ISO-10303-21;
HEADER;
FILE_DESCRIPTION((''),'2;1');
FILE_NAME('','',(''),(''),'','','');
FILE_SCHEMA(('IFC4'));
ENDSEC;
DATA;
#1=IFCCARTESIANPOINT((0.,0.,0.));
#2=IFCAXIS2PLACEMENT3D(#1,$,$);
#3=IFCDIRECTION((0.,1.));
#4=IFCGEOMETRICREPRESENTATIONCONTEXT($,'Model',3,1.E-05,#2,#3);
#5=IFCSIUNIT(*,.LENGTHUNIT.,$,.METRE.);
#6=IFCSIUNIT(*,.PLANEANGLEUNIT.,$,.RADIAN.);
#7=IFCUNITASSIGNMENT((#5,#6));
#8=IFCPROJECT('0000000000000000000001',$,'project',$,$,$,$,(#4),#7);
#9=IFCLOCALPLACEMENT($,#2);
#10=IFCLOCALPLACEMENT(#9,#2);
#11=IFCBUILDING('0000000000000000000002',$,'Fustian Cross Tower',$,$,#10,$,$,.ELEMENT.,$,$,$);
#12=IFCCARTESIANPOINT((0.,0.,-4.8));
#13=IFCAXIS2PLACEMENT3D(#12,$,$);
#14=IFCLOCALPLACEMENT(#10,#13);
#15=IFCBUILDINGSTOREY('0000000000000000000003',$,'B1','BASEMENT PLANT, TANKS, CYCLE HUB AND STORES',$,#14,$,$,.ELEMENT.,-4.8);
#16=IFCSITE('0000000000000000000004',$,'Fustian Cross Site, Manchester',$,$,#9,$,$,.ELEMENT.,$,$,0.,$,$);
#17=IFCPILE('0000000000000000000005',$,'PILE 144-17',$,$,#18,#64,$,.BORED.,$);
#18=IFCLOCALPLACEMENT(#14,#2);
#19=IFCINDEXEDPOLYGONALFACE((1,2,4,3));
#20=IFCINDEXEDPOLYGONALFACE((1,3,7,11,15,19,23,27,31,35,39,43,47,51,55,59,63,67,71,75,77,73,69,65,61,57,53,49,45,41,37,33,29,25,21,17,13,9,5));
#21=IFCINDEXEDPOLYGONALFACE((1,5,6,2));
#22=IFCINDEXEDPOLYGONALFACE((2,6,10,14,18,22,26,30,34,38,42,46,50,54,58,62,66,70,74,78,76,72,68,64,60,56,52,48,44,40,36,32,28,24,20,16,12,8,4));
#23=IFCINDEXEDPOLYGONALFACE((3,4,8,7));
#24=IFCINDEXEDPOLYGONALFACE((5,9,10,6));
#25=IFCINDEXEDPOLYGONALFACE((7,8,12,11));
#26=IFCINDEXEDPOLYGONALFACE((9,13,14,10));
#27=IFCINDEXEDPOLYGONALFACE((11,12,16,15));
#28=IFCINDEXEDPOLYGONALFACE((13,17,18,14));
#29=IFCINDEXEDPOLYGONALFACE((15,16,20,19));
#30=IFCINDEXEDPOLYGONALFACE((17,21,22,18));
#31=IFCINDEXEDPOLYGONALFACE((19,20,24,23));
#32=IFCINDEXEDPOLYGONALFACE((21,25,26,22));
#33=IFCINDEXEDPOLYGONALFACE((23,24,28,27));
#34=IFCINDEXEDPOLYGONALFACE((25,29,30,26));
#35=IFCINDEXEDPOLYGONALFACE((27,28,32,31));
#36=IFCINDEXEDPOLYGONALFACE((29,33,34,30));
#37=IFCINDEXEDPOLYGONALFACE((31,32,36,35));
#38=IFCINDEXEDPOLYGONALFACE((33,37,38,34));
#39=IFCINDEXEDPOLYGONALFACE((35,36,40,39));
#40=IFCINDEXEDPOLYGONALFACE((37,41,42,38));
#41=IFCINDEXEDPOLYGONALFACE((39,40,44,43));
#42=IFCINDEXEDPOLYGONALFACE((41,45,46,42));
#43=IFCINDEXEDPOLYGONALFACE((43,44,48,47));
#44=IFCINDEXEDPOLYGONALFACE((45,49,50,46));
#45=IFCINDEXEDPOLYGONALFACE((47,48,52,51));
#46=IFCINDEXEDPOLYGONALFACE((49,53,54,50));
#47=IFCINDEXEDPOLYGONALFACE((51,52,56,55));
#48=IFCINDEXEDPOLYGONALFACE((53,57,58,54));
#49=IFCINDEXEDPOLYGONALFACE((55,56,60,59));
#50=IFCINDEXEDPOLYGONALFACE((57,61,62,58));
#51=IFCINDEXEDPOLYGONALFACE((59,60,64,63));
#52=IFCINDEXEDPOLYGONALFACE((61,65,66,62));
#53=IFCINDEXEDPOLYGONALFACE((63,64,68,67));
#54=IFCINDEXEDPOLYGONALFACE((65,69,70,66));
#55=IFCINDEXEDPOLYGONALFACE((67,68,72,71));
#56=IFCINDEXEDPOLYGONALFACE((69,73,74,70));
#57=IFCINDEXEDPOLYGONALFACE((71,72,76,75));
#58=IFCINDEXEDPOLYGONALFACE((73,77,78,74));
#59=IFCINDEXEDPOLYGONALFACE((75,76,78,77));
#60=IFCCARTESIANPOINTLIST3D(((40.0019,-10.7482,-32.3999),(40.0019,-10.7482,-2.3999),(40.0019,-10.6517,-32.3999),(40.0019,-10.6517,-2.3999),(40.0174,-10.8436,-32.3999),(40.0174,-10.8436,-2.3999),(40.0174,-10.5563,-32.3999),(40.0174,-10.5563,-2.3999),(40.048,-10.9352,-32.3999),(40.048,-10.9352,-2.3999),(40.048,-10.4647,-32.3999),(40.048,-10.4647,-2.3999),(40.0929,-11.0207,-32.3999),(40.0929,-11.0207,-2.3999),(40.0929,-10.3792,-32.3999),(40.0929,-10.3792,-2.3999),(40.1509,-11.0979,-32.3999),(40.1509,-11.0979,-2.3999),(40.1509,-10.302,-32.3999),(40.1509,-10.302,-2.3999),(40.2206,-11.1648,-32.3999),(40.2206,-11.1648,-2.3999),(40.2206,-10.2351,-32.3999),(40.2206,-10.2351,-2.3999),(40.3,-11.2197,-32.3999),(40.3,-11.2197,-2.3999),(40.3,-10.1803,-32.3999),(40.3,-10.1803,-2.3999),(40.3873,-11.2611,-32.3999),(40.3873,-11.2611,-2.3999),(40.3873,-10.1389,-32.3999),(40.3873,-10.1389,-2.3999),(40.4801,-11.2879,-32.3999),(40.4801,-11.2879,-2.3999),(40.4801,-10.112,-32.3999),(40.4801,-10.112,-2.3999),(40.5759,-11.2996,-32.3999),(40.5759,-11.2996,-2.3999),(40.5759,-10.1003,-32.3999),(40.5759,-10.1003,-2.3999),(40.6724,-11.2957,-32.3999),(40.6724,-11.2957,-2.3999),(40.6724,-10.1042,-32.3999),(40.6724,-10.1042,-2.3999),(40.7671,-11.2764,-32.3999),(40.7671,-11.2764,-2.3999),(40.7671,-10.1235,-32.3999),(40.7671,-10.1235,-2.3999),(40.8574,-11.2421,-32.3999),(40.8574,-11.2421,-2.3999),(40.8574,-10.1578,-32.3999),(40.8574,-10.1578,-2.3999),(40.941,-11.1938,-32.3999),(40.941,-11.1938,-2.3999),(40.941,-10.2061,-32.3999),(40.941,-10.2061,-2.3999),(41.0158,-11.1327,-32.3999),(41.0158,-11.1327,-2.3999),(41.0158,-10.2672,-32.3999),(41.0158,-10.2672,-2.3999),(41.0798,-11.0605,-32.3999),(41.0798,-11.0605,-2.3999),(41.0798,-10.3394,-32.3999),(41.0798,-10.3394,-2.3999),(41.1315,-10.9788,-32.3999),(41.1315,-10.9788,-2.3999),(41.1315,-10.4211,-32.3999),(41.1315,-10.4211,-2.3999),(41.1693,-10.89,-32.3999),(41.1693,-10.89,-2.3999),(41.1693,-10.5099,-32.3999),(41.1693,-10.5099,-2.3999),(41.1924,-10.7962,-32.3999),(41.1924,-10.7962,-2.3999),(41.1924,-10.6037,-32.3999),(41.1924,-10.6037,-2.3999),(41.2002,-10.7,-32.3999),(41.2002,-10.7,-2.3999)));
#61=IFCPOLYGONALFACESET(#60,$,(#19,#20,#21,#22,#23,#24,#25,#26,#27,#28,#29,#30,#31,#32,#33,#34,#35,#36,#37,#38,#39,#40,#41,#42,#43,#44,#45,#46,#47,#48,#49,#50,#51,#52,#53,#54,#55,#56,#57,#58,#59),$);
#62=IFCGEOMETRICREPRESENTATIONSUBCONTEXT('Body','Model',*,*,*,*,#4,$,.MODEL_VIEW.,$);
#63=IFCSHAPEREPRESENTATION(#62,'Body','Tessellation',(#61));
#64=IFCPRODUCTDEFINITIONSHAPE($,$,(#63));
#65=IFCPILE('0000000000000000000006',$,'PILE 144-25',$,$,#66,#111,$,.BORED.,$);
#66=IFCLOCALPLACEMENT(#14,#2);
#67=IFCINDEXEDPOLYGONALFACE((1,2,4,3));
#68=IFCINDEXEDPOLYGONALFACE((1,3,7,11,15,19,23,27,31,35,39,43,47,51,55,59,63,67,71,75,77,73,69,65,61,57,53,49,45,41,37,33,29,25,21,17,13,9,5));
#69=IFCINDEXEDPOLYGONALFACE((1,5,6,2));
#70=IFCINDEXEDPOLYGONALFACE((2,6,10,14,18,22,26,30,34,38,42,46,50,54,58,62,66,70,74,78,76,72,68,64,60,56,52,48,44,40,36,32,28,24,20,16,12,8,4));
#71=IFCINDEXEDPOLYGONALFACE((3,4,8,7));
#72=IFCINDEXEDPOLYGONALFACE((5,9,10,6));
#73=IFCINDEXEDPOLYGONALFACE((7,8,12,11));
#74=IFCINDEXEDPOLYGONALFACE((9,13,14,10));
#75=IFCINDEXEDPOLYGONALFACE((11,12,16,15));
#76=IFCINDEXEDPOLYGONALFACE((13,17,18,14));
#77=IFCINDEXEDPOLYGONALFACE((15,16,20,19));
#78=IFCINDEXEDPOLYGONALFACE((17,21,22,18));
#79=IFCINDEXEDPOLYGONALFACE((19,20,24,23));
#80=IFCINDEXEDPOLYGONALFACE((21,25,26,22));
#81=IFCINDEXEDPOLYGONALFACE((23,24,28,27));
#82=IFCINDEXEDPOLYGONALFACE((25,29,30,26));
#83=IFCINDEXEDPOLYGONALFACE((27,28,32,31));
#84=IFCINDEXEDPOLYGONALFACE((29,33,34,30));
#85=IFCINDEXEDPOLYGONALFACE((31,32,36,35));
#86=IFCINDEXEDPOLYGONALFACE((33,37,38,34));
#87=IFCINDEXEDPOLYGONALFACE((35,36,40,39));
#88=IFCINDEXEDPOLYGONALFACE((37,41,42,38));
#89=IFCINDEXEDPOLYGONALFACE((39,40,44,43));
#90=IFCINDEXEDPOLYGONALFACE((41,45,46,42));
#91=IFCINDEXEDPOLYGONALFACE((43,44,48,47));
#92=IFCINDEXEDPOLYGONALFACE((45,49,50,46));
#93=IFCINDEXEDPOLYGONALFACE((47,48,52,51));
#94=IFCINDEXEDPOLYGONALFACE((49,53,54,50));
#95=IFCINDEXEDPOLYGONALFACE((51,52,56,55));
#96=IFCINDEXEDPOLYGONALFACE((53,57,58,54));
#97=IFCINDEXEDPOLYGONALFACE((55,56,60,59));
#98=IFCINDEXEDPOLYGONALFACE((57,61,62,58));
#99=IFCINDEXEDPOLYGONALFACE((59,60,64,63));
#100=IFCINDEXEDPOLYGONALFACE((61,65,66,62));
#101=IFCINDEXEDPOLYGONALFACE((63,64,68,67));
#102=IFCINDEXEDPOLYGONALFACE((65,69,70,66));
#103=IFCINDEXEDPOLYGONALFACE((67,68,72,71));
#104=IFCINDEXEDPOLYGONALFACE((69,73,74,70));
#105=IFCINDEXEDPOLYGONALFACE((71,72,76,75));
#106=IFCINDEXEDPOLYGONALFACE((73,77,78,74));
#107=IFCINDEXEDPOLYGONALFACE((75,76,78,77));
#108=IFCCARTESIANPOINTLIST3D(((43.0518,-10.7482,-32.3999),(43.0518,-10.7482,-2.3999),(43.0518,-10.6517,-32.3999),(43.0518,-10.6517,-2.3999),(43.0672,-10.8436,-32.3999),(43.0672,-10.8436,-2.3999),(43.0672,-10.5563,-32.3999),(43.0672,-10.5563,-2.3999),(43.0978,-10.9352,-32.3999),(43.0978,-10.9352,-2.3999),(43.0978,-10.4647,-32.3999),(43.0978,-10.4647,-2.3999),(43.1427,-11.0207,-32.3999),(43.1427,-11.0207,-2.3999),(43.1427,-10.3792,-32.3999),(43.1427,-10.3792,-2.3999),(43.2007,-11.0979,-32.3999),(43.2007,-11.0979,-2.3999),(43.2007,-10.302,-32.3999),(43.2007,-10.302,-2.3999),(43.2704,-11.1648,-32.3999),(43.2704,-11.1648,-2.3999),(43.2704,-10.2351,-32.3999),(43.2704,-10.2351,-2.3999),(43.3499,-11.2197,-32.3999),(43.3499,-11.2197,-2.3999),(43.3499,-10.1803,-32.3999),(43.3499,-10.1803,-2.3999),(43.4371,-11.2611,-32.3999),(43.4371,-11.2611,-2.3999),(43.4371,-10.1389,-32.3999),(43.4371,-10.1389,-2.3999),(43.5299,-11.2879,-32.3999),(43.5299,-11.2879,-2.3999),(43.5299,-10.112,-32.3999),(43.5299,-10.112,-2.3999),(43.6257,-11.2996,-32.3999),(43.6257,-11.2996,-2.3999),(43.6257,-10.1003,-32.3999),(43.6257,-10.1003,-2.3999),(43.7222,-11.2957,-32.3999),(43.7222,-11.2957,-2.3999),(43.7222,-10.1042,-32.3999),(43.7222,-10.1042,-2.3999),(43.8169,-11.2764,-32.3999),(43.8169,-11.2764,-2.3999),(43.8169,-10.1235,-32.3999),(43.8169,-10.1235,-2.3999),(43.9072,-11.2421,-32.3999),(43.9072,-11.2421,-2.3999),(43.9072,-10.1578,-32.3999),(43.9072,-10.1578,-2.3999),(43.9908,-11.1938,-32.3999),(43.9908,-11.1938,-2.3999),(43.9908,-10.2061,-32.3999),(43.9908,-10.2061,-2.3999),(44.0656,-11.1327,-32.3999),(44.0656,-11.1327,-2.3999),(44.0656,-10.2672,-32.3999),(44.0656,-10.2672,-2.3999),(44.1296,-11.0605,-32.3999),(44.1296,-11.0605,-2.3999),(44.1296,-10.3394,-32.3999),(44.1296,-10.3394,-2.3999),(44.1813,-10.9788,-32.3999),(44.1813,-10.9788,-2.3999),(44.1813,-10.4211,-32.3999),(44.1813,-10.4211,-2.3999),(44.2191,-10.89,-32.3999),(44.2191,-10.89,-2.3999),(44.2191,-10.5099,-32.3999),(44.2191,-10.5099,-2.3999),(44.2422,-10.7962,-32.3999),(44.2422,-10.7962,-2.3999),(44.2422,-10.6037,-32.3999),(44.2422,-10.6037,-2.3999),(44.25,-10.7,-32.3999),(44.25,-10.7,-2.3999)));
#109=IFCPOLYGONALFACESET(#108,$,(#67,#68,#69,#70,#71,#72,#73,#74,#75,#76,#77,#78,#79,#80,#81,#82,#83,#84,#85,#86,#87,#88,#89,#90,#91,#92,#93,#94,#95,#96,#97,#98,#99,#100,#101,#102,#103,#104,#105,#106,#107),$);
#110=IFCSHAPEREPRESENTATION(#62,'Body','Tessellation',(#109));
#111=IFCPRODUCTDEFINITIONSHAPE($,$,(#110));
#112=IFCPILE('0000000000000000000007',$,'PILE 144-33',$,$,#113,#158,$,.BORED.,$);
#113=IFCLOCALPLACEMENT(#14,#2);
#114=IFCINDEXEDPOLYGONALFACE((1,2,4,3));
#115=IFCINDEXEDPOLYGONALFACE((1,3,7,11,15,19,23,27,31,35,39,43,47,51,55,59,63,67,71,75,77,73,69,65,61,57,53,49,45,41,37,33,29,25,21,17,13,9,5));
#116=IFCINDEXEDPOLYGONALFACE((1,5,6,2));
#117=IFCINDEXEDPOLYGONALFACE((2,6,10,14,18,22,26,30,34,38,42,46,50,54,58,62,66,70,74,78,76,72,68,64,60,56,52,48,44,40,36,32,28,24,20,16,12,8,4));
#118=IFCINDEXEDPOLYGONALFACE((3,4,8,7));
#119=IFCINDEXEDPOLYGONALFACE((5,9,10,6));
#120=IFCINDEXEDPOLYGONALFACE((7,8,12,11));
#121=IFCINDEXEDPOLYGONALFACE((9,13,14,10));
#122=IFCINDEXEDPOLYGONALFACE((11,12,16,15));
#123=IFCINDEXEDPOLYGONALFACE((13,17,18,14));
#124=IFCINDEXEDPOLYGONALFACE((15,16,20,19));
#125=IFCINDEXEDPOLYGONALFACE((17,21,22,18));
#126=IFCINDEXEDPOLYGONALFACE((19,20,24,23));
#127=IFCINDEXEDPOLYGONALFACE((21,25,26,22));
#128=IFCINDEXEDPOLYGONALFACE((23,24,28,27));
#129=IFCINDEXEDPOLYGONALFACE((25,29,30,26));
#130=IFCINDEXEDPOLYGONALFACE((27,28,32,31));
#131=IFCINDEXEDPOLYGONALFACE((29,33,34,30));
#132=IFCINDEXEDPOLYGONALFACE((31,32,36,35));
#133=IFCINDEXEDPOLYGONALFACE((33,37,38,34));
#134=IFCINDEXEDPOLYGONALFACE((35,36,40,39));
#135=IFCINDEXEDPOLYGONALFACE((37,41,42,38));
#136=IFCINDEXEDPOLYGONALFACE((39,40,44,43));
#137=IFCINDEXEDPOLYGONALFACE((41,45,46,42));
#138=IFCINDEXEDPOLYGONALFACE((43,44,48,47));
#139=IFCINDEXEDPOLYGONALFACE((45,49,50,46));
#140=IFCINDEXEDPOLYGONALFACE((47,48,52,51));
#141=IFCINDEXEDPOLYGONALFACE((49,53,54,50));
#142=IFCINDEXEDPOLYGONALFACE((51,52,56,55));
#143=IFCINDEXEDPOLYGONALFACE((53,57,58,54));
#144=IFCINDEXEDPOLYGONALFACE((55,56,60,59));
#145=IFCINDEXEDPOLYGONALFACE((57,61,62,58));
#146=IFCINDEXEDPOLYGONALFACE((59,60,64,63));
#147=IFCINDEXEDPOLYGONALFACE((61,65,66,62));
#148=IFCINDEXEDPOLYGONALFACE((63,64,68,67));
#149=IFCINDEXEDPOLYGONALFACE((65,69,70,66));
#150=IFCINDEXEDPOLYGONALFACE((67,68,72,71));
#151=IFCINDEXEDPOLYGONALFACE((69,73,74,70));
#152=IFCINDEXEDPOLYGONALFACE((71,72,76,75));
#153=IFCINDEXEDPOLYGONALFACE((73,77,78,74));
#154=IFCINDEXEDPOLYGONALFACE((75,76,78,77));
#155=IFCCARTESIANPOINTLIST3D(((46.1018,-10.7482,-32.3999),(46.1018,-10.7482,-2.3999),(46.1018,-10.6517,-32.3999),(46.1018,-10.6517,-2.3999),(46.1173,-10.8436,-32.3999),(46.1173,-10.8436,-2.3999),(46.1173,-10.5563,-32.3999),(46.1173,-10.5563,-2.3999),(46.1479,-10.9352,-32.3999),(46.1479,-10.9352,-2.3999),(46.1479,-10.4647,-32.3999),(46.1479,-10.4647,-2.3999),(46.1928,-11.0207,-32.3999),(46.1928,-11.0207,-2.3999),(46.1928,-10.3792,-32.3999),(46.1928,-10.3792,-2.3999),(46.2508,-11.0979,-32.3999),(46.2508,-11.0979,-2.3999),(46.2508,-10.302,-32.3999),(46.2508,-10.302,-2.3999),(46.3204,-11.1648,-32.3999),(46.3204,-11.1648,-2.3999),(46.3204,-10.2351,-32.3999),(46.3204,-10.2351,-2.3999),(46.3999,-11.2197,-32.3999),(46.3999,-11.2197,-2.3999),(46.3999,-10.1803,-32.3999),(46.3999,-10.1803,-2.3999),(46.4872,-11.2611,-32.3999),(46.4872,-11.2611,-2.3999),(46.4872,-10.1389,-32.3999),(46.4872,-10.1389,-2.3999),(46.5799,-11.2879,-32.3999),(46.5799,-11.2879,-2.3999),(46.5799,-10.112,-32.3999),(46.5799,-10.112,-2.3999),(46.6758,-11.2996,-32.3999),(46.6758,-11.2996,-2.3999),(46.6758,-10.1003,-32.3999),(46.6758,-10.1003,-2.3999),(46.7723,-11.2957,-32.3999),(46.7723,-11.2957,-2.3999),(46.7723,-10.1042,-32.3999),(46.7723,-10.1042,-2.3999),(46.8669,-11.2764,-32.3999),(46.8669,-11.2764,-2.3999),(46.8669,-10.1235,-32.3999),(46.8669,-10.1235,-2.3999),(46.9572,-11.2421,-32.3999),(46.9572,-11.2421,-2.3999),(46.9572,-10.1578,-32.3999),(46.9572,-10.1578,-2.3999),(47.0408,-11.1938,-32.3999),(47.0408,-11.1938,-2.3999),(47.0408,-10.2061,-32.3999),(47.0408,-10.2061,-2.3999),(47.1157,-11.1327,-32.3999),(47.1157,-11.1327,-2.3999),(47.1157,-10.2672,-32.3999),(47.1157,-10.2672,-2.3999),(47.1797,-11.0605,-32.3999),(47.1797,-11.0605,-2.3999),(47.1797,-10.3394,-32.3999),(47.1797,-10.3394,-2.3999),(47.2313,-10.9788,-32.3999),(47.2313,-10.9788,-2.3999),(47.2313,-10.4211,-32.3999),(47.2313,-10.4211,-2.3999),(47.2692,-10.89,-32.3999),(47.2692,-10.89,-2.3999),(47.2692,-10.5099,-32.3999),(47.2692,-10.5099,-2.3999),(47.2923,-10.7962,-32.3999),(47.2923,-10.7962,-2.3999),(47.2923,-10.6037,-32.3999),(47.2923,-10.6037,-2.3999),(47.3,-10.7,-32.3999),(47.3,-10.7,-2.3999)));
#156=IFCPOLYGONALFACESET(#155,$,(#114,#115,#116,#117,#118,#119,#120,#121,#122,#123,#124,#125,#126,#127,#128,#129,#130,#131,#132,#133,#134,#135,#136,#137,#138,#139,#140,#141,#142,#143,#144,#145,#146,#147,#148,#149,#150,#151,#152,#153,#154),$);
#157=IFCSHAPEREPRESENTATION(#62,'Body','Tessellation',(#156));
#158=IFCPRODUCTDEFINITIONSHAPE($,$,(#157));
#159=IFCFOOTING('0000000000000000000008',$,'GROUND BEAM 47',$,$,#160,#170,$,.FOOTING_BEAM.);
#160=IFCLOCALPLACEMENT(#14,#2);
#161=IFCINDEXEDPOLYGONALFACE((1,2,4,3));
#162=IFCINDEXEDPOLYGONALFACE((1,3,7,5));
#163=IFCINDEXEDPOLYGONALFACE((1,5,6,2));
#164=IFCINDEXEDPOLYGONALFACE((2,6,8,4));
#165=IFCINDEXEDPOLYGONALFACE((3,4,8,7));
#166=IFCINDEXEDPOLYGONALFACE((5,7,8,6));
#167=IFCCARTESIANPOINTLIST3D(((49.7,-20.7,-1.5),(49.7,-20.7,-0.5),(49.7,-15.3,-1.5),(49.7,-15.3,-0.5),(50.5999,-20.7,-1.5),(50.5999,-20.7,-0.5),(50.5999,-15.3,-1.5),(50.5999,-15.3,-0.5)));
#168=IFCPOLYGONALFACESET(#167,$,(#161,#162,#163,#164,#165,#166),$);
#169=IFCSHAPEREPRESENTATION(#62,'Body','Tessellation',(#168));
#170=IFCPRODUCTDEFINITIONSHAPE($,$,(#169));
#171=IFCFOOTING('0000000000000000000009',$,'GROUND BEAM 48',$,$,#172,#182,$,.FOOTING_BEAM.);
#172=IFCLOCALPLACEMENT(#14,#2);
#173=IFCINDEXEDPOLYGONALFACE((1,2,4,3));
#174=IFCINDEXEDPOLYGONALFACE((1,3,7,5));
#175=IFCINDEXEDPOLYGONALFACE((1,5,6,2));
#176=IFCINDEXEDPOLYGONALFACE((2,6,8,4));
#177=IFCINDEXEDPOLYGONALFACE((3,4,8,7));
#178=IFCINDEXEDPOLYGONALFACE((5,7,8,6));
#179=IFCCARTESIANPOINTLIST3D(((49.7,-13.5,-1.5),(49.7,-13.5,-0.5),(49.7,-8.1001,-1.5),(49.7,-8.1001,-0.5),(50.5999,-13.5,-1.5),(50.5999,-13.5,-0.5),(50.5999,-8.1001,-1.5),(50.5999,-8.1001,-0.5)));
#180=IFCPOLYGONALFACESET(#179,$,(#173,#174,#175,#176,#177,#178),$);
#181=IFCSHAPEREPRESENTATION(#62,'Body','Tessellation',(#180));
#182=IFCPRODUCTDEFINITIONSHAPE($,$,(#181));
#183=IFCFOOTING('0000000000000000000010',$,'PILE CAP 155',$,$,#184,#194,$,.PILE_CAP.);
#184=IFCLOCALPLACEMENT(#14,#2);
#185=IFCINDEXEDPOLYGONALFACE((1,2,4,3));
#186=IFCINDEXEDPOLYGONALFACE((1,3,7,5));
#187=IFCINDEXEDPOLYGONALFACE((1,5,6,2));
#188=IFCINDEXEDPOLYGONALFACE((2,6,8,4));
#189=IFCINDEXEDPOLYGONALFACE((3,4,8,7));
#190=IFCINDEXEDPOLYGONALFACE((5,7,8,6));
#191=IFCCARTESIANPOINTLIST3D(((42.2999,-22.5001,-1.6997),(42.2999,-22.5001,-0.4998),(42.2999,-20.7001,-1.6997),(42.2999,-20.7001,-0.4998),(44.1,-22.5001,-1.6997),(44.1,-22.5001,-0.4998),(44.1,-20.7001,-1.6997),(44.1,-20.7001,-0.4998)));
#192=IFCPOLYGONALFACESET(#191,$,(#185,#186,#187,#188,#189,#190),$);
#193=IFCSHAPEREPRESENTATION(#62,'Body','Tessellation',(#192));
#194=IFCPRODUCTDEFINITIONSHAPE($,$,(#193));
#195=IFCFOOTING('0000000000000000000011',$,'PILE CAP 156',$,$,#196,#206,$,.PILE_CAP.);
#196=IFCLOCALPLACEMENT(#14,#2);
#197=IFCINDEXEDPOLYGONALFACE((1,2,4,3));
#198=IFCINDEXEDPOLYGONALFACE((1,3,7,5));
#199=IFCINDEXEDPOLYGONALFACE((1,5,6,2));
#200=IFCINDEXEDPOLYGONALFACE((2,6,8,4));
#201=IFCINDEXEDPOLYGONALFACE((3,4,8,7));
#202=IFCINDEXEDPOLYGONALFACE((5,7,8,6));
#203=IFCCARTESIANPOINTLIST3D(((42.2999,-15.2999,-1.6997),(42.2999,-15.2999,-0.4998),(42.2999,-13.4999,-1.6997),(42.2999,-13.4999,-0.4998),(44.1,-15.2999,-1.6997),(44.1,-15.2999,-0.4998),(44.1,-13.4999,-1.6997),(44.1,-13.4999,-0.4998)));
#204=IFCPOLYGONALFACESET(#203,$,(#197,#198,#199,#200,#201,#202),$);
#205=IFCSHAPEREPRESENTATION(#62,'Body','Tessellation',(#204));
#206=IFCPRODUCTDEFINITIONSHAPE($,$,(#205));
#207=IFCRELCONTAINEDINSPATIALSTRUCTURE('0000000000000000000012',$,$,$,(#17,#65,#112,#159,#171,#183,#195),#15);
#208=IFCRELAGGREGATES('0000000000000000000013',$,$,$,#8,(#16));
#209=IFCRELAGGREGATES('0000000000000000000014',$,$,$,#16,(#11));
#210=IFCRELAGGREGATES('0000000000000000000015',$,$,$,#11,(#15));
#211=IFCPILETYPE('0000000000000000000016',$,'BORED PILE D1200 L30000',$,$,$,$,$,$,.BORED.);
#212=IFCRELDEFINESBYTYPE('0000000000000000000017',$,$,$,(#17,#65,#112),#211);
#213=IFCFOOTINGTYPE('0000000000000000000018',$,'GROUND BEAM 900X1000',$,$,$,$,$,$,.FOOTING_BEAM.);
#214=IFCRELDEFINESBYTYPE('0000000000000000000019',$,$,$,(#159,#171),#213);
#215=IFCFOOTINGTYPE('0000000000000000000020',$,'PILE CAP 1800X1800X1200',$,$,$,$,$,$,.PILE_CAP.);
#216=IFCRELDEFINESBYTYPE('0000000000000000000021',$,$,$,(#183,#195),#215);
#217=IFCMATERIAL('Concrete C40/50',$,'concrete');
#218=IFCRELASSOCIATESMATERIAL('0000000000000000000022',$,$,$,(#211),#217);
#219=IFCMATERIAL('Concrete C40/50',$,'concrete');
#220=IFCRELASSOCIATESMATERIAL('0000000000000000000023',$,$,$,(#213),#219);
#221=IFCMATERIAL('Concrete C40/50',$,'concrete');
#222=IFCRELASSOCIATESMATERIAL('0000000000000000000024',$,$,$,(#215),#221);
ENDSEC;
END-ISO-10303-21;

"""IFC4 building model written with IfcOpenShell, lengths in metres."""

from ifc_helpers import new_model, si_unit, direction, frame, origin, origin_2d, place, context, subcontext, project, spatial, rectangle, circle, extrude, material, material_profile, profile_set, type_object, element, save


model = new_model("IFC4")

# Units and contexts
model_context = context("Model", 3, precision=1e-05, world=origin(), true_north=direction((0.0, 1.0)))
body_context = subcontext(model_context, "Body", "Model", "MODEL_VIEW")
ifc_project = project(units=[si_unit("LENGTHUNIT", "METRE"), si_unit("PLANEANGLEUNIT", "RADIAN")], contexts=[model_context])

# Site, building, storey
site_placement = place(None, origin())
site = spatial("IfcSite", under=ifc_project, at=site_placement, Name="Fustian Cross Site, Manchester", CompositionType="ELEMENT", RefElevation=0.0)
building_placement = place(site_placement, origin())
building = spatial("IfcBuilding", under=site, at=building_placement, Name="Fustian Cross Tower", CompositionType="ELEMENT")
storey_placement = place(building_placement, frame((0.0, 0.0, -4.8)))
storey = spatial("IfcBuildingStorey", under=building, at=storey_placement, Name="B1", Description="BASEMENT PLANT, TANKS, CYCLE HUB AND STORES", CompositionType="ELEMENT", Elevation=-4.8)

# Piles
ifc_material_1 = material(Name="Concrete C40/50", Category="concrete")
ifc_material_profile_1 = material_profile(ifc_material_1, circle(Radius=0.6001, at=origin_2d()), Name="BORED PILE D1200 L30000")
ifc_profile_set_1 = profile_set([ifc_material_profile_1], Name="Concrete C40/50")
pile_type_1 = type_object("IfcPileType", Name="BORED PILE D1200 L30000", PredefinedType="BORED", material=ifc_profile_set_1)
for number, where, z_axis, x_axis, name in (
    (1, (40.6001, -10.7, -2.3999), (0.0, 0.0, -1.0), (1.0, 0.0, 0.0), "PILE 144-17"),
    (2, (43.6499, -10.7, -2.3999), (0.0, 0.0, -1.0), (1.0, 0.0, 0.0), "PILE 144-25"),
    (3, (46.7, -10.7, -2.3999), (0.0, 0.0, -1.0), (1.0, 0.0, 0.0), "PILE 144-33"),
):
    element("IfcPile", number, at=place(storey_placement, frame(where, z_axis=z_axis, x_axis=x_axis)), inside=storey, type_object=pile_type_1, Name=name, PredefinedType="BORED", context=body_context, shape_type="SweptSolid", body=[
        extrude(circle(Radius=0.6001, at=origin_2d()), origin(), (0.0, 0.0, 1.0), 30.0),
    ])

# Footings
ifc_material_2 = material(Name="Concrete C40/50", Category="concrete")
footing_type_1 = type_object("IfcFootingType", Name="GROUND BEAM 900X1000", PredefinedType="FOOTING_BEAM", material=ifc_material_2)
for number, where, z_axis, x_axis, name in (
    (4, (50.1499, -18.0, -1.5), (0.0, 0.0, 1.0), (1.0, 0.0, 0.0), "GROUND BEAM 47"),
    (5, (50.1499, -10.8, -1.5), (0.0, 0.0, 1.0), (1.0, 0.0, 0.0), "GROUND BEAM 48"),
):
    element("IfcFooting", number, at=place(storey_placement, frame(where, z_axis=z_axis, x_axis=x_axis)), inside=storey, type_object=footing_type_1, Name=name, PredefinedType="FOOTING_BEAM", context=body_context, shape_type="SweptSolid", body=[
        extrude(rectangle(XDim=0.8999, YDim=5.3999, at=origin_2d()), origin(), (0.0, 0.0, 1.0), 1.0),
    ])
ifc_material_3 = material(Name="Concrete C40/50", Category="concrete")
footing_type_2 = type_object("IfcFootingType", Name="PILE CAP 1800X1800X1200", PredefinedType="PILE_CAP", material=ifc_material_3)
for number, where, z_axis, x_axis, name in (
    (6, (43.2, -21.6001, -1.6997), (0.0, 0.0, 1.0), (1.0, 0.0, 0.0), "PILE CAP 155"),
    (7, (43.2, -14.3999, -1.6997), (0.0, 0.0, 1.0), (1.0, 0.0, 0.0), "PILE CAP 156"),
):
    element("IfcFooting", number, at=place(storey_placement, frame(where, z_axis=z_axis, x_axis=x_axis)), inside=storey, type_object=footing_type_2, Name=name, PredefinedType="PILE_CAP", context=body_context, shape_type="SweptSolid", body=[
        extrude(rectangle(XDim=1.8, YDim=1.8, at=origin_2d()), origin(), (0.0, 0.0, 1.0), 1.2),
    ])

save(model, "model.ifc")
